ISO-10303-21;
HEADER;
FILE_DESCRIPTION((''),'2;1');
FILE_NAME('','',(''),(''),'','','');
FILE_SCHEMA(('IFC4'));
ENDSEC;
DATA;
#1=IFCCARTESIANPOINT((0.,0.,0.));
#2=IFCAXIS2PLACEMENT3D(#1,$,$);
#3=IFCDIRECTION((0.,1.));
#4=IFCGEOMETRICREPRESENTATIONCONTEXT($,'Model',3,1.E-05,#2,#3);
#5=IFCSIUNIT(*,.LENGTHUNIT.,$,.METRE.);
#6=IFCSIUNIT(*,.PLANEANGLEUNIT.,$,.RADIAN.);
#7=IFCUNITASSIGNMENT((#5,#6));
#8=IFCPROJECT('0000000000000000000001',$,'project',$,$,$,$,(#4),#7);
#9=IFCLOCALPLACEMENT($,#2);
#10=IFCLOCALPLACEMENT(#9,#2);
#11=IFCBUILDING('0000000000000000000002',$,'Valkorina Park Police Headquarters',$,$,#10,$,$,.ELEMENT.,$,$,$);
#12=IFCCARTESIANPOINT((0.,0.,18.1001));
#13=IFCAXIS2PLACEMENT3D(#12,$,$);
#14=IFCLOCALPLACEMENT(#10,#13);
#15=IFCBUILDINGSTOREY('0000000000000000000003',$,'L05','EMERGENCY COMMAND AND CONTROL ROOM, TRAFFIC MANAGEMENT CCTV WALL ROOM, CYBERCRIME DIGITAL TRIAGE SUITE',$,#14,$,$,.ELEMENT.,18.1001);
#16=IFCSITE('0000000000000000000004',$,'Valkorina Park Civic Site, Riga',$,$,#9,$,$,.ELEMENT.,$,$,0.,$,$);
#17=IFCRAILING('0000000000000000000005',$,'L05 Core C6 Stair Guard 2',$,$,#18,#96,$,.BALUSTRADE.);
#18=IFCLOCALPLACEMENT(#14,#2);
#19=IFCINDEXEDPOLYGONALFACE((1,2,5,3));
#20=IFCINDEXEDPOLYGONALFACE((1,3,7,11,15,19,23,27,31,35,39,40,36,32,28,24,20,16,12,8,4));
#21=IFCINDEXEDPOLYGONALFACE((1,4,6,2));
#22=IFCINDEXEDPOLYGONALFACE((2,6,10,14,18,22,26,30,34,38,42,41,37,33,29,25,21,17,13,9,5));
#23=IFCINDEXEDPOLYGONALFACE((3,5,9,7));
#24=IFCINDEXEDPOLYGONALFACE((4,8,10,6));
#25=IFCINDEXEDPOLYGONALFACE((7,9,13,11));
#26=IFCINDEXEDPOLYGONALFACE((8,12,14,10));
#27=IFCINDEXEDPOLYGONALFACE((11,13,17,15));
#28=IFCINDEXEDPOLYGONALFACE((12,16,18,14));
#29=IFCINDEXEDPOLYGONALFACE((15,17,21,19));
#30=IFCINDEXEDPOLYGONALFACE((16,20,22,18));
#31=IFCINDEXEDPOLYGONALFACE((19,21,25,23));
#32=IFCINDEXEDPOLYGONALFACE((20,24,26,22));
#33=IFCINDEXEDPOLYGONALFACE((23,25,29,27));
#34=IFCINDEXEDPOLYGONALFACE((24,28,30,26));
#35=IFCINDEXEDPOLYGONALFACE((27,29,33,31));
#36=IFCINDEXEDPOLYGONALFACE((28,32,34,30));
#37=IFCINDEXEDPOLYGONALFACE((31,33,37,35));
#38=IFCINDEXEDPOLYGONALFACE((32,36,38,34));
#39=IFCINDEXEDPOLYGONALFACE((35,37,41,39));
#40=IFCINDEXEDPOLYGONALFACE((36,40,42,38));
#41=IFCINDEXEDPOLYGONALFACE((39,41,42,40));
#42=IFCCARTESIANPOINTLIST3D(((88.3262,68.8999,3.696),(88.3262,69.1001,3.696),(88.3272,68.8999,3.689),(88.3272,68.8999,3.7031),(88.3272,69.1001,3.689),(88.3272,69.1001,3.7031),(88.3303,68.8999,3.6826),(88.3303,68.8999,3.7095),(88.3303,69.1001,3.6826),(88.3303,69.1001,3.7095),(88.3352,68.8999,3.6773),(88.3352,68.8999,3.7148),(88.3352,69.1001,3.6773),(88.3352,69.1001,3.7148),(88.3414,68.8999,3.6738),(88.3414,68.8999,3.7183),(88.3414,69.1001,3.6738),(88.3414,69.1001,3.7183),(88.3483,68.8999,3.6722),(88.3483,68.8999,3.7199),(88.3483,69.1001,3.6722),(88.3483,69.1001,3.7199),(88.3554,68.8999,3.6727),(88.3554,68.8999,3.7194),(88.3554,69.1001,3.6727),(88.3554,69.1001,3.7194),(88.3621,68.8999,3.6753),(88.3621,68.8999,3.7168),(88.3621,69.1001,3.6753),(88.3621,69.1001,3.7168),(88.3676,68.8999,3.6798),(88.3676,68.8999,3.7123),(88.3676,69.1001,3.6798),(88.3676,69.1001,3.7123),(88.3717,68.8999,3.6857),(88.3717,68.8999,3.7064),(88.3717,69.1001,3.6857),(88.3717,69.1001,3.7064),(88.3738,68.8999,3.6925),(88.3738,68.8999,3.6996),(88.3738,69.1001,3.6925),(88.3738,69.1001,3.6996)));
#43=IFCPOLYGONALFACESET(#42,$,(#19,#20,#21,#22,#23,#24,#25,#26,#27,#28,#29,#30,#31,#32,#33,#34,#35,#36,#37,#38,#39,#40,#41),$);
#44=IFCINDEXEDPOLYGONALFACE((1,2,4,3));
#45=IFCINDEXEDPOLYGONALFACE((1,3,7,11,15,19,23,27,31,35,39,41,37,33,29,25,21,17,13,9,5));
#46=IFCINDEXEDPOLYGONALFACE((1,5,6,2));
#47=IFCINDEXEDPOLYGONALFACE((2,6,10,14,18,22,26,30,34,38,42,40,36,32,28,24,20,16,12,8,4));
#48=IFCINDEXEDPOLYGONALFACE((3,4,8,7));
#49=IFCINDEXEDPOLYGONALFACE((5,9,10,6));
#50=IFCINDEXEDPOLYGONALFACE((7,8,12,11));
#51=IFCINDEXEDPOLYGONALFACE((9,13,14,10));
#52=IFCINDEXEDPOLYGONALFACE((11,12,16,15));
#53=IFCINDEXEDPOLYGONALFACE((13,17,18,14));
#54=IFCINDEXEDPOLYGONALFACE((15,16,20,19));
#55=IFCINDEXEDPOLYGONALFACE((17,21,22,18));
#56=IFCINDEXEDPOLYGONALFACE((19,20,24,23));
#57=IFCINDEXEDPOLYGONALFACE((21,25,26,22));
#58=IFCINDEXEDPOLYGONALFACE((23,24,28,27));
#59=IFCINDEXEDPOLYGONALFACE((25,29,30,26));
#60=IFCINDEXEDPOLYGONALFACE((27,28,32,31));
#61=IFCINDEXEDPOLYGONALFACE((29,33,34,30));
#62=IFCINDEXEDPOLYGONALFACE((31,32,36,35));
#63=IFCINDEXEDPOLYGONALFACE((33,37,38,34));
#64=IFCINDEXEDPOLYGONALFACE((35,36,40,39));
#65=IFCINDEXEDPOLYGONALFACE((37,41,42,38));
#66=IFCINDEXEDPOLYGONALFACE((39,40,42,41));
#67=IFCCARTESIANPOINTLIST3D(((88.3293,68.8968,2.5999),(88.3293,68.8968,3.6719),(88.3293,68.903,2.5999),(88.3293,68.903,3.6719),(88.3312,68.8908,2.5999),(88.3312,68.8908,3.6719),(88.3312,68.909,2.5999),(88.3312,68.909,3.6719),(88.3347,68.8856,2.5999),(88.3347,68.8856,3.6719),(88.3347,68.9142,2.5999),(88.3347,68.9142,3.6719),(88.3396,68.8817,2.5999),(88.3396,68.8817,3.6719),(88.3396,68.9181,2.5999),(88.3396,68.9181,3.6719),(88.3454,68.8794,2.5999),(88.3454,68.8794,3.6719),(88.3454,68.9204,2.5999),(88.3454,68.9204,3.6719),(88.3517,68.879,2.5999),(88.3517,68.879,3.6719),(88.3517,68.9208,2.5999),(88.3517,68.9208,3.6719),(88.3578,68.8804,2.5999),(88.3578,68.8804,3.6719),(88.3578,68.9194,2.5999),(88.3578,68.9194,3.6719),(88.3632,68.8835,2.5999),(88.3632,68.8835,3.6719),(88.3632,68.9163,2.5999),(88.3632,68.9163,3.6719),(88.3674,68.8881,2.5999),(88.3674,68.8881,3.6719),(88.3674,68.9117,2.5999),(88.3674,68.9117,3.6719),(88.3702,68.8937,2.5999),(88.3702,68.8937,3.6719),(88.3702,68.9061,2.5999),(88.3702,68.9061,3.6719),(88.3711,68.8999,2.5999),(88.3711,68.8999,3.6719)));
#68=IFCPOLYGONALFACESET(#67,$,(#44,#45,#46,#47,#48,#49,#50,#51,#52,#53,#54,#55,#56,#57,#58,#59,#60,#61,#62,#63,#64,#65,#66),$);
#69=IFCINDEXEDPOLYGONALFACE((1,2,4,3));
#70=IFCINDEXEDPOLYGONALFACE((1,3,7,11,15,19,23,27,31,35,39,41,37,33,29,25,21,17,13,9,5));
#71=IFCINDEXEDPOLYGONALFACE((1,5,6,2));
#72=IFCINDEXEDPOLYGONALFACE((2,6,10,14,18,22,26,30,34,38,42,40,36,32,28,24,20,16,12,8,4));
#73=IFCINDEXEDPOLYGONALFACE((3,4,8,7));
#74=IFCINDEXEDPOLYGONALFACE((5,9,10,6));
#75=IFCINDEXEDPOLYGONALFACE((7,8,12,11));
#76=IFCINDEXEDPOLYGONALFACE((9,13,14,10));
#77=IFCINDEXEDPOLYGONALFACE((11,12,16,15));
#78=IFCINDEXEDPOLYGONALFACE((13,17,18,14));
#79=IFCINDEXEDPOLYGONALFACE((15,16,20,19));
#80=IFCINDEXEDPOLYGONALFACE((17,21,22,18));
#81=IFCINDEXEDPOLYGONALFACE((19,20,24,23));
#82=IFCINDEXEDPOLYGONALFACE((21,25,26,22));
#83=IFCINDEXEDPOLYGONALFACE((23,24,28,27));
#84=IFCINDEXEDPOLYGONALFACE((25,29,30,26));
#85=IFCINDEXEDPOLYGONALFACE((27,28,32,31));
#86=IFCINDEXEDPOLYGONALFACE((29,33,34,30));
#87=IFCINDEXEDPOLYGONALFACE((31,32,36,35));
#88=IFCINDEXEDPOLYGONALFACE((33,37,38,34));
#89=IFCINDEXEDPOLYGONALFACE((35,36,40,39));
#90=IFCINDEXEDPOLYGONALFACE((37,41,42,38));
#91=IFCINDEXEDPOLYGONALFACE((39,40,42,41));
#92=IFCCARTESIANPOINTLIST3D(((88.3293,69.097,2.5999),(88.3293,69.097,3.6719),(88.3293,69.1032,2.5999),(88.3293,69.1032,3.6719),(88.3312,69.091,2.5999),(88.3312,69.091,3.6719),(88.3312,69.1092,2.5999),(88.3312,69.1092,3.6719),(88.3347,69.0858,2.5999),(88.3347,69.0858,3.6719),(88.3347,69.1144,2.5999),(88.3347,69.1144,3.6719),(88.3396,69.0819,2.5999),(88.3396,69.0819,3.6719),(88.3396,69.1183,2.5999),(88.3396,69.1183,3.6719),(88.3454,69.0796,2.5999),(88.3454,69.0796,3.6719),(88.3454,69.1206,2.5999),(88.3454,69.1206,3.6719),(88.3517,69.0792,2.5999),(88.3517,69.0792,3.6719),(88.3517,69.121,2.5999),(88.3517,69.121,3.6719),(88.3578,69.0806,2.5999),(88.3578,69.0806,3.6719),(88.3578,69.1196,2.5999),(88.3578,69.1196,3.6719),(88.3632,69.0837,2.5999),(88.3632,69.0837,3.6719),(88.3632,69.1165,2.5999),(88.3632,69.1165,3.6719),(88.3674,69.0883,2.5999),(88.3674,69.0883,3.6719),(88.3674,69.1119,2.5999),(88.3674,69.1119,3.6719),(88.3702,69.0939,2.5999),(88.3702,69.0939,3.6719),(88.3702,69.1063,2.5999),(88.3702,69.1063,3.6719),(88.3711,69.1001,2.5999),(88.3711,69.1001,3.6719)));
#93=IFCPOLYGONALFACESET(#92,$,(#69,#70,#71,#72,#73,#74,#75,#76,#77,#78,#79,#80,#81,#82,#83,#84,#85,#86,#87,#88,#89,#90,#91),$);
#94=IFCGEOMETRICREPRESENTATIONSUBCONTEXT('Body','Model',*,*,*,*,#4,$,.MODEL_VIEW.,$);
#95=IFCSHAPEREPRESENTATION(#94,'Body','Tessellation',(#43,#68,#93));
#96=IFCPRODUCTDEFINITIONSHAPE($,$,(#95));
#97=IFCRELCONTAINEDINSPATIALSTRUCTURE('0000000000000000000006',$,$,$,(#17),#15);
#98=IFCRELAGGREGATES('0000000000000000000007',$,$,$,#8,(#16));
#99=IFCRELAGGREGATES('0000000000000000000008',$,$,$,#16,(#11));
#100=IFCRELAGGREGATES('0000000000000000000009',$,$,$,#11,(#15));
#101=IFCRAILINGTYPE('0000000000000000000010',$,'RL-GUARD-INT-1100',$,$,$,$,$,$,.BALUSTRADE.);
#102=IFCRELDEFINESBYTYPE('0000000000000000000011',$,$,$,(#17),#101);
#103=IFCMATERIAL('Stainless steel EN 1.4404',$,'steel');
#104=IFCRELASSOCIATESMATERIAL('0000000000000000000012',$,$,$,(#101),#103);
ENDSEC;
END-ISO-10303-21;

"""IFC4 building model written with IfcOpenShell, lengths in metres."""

from ifc_helpers import new_model, si_unit, direction, frame, origin, origin_2d, place, context, subcontext, project, spatial, circle, extrude, material, type_object, element, save


model = new_model("IFC4")

# Units and contexts
model_context = context("Model", 3, precision=1e-05, world=origin(), true_north=direction((0.0, 1.0)))
body_context = subcontext(model_context, "Body", "Model", "MODEL_VIEW")
ifc_project = project(units=[si_unit("LENGTHUNIT", "METRE"), si_unit("PLANEANGLEUNIT", "RADIAN")], contexts=[model_context])

# Site, building, storey
site_placement = place(None, origin())
site = spatial("IfcSite", under=ifc_project, at=site_placement, Name="Valkorina Park Civic Site, Riga", CompositionType="ELEMENT", RefElevation=0.0)
building_placement = place(site_placement, origin())
building = spatial("IfcBuilding", under=site, at=building_placement, Name="Valkorina Park Police Headquarters", CompositionType="ELEMENT")
storey_placement = place(building_placement, frame((0.0, 0.0, 18.1001)))
storey = spatial("IfcBuildingStorey", under=building, at=storey_placement, Name="L05", Description="EMERGENCY COMMAND AND CONTROL ROOM, TRAFFIC MANAGEMENT CCTV WALL ROOM, CYBERCRIME DIGITAL TRIAGE SUITE", CompositionType="ELEMENT", Elevation=18.1001)

# Railing
ifc_material_1 = material(Name="Stainless steel EN 1.4404", Category="steel")
railing_type_1 = type_object("IfcRailingType", Name="RL-GUARD-INT-1100", PredefinedType="BALUSTRADE", material=ifc_material_1)
railing_1_placement = place(storey_placement, frame((88.3501, 68.8999, 2.5999)))
element("IfcRailing", 1, at=railing_1_placement, inside=storey, type_object=railing_type_1, Name="L05 Core C6 Stair Guard 2", PredefinedType="BALUSTRADE", context=body_context, shape_type="SweptSolid", body=[
    extrude(circle(Radius=0.0239, at=origin_2d()), frame((0.0, 0.0, 1.0962), z_axis=(0.0, 1.0, 0.0), x_axis=(-1.0, 0.0, 0.0)), (0.0, 0.0, 1.0), 0.2002),
    extrude(circle(Radius=0.021, at=origin_2d()), origin(), (0.0, 0.0, 1.0), 1.072),
    extrude(circle(Radius=0.021, at=origin_2d()), frame((0.0, 0.2002, 0.0)), (0.0, 0.0, 1.0), 1.072),
])

save(model, "model.ifc")
